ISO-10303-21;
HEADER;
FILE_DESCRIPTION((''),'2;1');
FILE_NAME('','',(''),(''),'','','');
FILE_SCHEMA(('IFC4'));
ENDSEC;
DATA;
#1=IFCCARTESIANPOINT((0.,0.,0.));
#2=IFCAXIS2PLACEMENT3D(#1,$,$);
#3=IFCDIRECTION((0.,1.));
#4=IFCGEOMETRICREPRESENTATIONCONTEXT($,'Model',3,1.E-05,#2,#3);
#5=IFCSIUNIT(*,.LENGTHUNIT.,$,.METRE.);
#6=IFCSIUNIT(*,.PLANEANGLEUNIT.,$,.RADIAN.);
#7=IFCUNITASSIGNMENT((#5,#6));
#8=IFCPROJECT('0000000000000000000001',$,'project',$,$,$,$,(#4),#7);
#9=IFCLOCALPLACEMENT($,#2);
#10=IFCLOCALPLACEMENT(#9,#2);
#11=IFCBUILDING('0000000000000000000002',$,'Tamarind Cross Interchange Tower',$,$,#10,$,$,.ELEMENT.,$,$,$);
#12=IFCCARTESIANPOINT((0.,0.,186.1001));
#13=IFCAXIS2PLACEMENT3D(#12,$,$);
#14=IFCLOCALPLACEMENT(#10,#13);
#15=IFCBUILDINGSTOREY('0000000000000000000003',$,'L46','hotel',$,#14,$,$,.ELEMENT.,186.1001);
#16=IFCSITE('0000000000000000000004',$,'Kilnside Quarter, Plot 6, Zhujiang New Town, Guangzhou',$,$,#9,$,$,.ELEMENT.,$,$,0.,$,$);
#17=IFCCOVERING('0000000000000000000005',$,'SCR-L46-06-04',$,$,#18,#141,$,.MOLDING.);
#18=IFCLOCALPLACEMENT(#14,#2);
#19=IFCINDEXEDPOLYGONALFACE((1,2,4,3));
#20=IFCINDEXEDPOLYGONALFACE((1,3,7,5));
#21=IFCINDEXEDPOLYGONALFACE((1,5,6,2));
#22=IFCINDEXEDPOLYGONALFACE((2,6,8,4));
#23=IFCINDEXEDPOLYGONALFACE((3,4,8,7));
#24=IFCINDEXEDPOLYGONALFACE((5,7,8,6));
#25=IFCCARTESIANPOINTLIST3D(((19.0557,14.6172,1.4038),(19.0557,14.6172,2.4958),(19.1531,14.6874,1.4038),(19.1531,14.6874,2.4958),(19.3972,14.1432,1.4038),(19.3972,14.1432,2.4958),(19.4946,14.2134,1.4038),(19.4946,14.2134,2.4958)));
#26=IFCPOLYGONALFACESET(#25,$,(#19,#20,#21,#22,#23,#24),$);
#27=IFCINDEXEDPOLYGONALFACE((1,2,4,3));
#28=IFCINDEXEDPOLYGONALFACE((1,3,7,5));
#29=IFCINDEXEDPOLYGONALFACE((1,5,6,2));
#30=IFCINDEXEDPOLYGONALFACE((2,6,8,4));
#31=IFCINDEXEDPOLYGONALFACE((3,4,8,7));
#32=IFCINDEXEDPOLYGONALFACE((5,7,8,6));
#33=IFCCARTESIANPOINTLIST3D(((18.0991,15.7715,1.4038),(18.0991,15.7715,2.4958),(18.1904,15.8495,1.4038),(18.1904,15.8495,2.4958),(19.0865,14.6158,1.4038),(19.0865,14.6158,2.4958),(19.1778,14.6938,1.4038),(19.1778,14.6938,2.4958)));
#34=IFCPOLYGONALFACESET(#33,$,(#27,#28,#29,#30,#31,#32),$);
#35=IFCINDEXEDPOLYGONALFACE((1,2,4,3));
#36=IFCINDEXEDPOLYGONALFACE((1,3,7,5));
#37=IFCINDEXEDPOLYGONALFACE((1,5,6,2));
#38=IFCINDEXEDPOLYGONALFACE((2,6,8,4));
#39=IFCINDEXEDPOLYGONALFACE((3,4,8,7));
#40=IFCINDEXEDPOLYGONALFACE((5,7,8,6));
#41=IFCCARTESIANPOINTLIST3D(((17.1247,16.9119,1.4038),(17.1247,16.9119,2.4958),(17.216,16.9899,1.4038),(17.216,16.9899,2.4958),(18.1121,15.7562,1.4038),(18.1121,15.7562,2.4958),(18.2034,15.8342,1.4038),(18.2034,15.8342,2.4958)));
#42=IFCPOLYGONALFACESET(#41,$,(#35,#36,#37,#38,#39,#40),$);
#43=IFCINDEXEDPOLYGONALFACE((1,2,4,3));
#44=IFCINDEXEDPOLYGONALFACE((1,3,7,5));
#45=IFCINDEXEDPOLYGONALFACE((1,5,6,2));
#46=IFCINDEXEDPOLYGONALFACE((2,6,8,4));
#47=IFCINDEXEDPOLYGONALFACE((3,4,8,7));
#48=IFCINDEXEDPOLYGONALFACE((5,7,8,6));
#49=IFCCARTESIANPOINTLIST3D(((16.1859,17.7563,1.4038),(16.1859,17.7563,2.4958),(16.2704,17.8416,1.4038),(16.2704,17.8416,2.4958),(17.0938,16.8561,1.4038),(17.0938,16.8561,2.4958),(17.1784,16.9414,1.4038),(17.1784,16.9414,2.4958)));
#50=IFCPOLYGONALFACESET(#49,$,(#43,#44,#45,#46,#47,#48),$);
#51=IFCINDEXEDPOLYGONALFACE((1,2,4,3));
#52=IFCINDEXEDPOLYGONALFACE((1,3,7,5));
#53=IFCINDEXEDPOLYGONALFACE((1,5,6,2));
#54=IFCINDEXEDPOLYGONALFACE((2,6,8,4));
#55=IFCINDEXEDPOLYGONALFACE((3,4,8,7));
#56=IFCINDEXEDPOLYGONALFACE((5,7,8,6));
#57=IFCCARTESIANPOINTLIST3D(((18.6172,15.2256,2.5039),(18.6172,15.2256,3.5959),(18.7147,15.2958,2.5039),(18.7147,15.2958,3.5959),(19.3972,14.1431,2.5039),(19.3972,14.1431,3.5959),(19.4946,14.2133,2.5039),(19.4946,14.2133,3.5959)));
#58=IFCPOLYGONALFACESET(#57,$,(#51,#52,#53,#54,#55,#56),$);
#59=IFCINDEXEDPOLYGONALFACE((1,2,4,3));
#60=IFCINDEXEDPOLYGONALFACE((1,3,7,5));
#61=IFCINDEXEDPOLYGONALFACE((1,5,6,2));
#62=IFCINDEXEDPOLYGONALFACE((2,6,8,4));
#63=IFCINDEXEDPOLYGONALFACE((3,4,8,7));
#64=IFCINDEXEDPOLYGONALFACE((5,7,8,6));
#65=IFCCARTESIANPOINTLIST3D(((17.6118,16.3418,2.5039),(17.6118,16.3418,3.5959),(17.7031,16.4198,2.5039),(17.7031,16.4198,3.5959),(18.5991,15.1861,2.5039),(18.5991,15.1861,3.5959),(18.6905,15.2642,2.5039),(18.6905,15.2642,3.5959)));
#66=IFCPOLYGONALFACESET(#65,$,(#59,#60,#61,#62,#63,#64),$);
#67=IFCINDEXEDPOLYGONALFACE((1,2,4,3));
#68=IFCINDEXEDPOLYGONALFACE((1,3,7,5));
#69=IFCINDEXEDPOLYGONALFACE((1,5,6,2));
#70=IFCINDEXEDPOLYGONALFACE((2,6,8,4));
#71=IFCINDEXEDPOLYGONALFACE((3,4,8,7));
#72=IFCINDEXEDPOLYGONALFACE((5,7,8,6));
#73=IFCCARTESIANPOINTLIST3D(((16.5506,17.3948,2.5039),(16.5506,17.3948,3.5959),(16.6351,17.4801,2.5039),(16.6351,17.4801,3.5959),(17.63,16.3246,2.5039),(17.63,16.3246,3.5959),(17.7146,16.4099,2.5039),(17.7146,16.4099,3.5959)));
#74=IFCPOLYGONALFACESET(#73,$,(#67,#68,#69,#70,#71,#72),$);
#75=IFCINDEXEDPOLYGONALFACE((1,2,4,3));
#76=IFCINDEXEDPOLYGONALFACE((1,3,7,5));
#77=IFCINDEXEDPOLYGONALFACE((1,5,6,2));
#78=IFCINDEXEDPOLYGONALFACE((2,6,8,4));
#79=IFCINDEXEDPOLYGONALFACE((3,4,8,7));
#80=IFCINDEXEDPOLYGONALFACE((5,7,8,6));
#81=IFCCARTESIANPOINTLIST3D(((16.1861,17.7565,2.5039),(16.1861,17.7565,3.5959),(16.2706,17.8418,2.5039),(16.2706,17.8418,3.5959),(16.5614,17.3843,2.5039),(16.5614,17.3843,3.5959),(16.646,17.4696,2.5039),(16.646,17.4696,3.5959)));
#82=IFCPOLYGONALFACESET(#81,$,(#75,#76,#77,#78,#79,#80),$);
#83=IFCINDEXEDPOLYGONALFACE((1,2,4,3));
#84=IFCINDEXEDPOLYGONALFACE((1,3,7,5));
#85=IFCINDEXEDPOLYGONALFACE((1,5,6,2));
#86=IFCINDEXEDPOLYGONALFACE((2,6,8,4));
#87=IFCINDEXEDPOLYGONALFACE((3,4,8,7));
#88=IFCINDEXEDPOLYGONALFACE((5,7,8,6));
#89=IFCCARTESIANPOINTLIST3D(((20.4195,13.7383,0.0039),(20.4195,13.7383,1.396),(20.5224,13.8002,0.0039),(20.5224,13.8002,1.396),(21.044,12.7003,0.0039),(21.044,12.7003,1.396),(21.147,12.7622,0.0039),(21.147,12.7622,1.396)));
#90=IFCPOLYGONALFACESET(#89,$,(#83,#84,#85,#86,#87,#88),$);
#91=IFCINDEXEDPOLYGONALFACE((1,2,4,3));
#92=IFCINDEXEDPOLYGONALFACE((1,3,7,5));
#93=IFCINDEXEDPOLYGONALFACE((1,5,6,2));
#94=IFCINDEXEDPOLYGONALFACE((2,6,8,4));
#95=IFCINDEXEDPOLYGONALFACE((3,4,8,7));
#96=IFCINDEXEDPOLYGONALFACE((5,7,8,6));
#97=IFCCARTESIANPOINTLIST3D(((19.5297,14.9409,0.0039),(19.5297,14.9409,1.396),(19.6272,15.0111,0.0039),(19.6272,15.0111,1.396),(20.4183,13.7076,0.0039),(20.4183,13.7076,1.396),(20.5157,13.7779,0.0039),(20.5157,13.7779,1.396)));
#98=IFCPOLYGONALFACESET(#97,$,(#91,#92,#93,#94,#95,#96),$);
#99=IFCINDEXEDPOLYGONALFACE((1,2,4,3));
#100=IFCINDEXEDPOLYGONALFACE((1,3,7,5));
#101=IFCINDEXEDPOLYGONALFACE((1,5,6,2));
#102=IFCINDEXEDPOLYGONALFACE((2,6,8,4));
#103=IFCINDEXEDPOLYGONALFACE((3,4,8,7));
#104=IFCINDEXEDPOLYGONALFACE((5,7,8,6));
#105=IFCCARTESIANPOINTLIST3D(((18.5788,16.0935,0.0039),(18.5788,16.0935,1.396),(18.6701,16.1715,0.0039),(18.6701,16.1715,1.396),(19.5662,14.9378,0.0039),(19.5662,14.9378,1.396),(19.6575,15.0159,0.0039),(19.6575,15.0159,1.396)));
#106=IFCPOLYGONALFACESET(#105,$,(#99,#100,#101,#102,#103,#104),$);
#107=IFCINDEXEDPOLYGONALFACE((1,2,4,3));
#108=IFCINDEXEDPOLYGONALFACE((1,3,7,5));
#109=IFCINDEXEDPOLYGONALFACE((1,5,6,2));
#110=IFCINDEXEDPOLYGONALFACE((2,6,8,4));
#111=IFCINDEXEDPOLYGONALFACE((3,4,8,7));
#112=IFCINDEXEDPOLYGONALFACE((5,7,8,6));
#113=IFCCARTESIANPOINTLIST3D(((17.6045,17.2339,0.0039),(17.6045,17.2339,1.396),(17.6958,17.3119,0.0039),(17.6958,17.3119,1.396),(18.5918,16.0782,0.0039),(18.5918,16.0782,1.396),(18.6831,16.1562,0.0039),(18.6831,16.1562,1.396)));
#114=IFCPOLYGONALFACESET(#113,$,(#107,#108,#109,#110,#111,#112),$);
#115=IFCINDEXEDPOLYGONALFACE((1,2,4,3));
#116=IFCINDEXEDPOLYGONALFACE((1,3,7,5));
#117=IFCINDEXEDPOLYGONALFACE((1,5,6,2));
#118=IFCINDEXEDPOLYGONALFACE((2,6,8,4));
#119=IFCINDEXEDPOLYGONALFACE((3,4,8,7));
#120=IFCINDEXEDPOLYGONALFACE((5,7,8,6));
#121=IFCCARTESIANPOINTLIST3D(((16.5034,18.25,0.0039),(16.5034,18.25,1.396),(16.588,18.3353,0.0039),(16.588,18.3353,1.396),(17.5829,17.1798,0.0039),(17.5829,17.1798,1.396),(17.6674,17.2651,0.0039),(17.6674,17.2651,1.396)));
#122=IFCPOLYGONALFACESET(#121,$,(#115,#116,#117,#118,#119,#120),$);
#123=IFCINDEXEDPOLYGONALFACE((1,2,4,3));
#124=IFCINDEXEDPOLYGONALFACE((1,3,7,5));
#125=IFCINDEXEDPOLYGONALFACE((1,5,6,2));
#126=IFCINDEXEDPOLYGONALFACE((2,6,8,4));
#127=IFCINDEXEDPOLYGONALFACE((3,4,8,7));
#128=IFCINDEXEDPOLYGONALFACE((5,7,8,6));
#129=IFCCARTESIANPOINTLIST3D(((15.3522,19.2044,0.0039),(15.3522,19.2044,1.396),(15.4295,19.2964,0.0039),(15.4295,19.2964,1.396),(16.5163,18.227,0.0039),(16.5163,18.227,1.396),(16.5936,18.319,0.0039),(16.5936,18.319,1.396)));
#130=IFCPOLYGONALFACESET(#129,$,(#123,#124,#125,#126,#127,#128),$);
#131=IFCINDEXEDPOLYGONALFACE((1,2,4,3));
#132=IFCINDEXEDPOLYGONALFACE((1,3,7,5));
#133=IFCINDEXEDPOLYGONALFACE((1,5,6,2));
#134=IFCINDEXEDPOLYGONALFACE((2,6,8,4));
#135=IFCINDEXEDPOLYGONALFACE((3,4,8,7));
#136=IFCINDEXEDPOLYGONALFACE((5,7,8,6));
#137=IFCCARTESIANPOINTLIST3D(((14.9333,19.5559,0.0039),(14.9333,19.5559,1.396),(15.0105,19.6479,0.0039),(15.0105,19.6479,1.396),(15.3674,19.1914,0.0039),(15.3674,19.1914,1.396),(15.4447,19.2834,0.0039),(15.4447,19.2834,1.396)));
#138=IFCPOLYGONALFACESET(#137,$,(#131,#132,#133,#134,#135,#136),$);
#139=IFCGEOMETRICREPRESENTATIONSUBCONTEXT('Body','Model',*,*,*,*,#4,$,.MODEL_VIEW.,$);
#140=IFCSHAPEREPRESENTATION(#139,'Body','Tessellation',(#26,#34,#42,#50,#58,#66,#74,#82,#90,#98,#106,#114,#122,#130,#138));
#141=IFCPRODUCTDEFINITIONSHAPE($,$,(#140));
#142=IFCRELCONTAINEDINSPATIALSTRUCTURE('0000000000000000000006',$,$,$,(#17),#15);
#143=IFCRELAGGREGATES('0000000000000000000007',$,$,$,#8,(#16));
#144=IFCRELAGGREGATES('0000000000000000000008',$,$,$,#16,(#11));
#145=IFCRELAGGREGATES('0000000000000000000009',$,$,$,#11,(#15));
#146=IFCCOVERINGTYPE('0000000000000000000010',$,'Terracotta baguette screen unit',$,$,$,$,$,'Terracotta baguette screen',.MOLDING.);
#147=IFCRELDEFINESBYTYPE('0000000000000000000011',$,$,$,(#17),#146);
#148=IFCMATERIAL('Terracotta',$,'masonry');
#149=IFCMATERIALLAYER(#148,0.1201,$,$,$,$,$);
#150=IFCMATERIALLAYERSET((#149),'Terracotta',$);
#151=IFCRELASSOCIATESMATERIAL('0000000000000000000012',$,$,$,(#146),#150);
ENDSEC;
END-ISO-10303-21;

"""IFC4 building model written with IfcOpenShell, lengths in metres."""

from ifc_helpers import new_model, si_unit, direction, frame, origin, origin_2d, place, context, subcontext, project, spatial, rectangle, extrude, material, layer, layer_set, type_object, element, save


model = new_model("IFC4")

# Units and contexts
model_context = context("Model", 3, precision=1e-05, world=origin(), true_north=direction((0.0, 1.0)))
body_context = subcontext(model_context, "Body", "Model", "MODEL_VIEW")
ifc_project = project(units=[si_unit("LENGTHUNIT", "METRE"), si_unit("PLANEANGLEUNIT", "RADIAN")], contexts=[model_context])

# Site, building, storey
site_placement = place(None, origin())
site = spatial("IfcSite", under=ifc_project, at=site_placement, Name="Kilnside Quarter, Plot 6, Zhujiang New Town, Guangzhou", CompositionType="ELEMENT", RefElevation=0.0)
building_placement = place(site_placement, origin())
building = spatial("IfcBuilding", under=site, at=building_placement, Name="Tamarind Cross Interchange Tower", CompositionType="ELEMENT")
storey_placement = place(building_placement, frame((0.0, 0.0, 186.1001)))
storey = spatial("IfcBuildingStorey", under=building, at=storey_placement, Name="L46", Description="hotel", CompositionType="ELEMENT", Elevation=186.1001)

# Covering
ifc_material_1 = material(Name="Terracotta", Category="masonry")
ifc_layer_1 = layer(ifc_material_1, 0.1201)
ifc_layer_set_1 = layer_set([ifc_layer_1], Name="Terracotta")
covering_type = type_object("IfcCoveringType", Name="Terracotta baguette screen unit", ElementType="Terracotta baguette screen", PredefinedType="MOLDING", material=ifc_layer_set_1)
covering_1_placement = place(storey_placement, origin())
element("IfcCovering", 1, at=covering_1_placement, inside=storey, type_object=covering_type, Name="SCR-L46-06-04", PredefinedType="MOLDING", context=body_context, shape_type="SweptSolid", body=[
    extrude(rectangle(XDim=0.5842, YDim=0.1201, at=origin_2d()), frame((19.2751, 14.4153, 1.4038), z_axis=(0.0, 0.0, 1.0), x_axis=(-0.584574, 0.81134, 0.0)), (0.0, 0.0, 1.0), 1.092),
    extrude(rectangle(XDim=1.52, YDim=0.1201, at=origin_2d()), frame((18.6384, 15.2327, 1.4038), z_axis=(0.0, 0.0, 1.0), x_axis=(-0.649577, 0.760296, 0.0)), (0.0, 0.0, 1.0), 1.092),
    extrude(rectangle(XDim=1.52, YDim=0.1201, at=origin_2d()), frame((17.6641, 16.373, 1.4038), z_axis=(0.0, 0.0, 1.0), x_axis=(-0.649577, 0.760296, 0.0)), (0.0, 0.0, 1.0), 1.092),
    extrude(rectangle(XDim=1.2786, YDim=0.1201, at=origin_2d()), frame((16.6821, 17.3489, 1.4038), z_axis=(0.0, 0.0, 1.0), x_axis=(-0.710143, 0.704057, 0.0)), (0.0, 0.0, 1.0), 1.092),
    extrude(rectangle(XDim=1.3342, YDim=0.1201, at=origin_2d()), frame((19.0559, 14.7195, 2.5039), z_axis=(0.0, 0.0, 1.0), x_axis=(-0.584574, 0.81134, 0.0)), (0.0, 0.0, 1.0), 1.092),
    extrude(rectangle(XDim=1.52, YDim=0.1201, at=origin_2d()), frame((18.1511, 15.803, 2.5039), z_axis=(0.0, 0.0, 1.0), x_axis=(-0.649577, 0.760296, 0.0)), (0.0, 0.0, 1.0), 1.092),
    extrude(rectangle(XDim=1.52, YDim=0.1201, at=origin_2d()), frame((17.1326, 16.9023, 2.5039), z_axis=(0.0, 0.0, 1.0), x_axis=(-0.710143, 0.704057, 0.0)), (0.0, 0.0, 1.0), 1.092),
    extrude(rectangle(XDim=0.5286, YDim=0.1201, at=origin_2d()), frame((16.416, 17.613, 2.5039), z_axis=(0.0, 0.0, 1.0), x_axis=(-0.710143, 0.704057, 0.0)), (0.0, 0.0, 1.0), 1.092),
    extrude(rectangle(XDim=1.2114, YDim=0.1201, at=origin_2d()), frame((20.7832, 13.2502, 0.0039), z_axis=(0.0, 0.0, 1.0), x_axis=(-0.515577, 0.856843, 0.0)), (0.0, 0.0, 1.0), 1.3921),
    extrude(rectangle(XDim=1.52, YDim=0.1201, at=origin_2d()), frame((20.0227, 14.3594, 0.0039), z_axis=(0.0, 0.0, 1.0), x_axis=(-0.584574, 0.81134, 0.0)), (0.0, 0.0, 1.0), 1.3921),
    extrude(rectangle(XDim=1.52, YDim=0.1201, at=origin_2d()), frame((19.1182, 15.5547, 0.0039), z_axis=(0.0, 0.0, 1.0), x_axis=(-0.649577, 0.760296, 0.0)), (0.0, 0.0, 1.0), 1.3921),
    extrude(rectangle(XDim=1.52, YDim=0.1201, at=origin_2d()), frame((18.1438, 16.6951, 0.0039), z_axis=(0.0, 0.0, 1.0), x_axis=(-0.649577, 0.760296, 0.0)), (0.0, 0.0, 1.0), 1.3921),
    extrude(rectangle(XDim=1.52, YDim=0.1201, at=origin_2d()), frame((17.0854, 17.7576, 0.0039), z_axis=(0.0, 0.0, 1.0), x_axis=(-0.710143, 0.704057, 0.0)), (0.0, 0.0, 1.0), 1.3921),
    extrude(rectangle(XDim=1.52, YDim=0.1201, at=origin_2d()), frame((15.9729, 18.7617, 0.0039), z_axis=(0.0, 0.0, 1.0), x_axis=(-0.765858, 0.643009, 0.0)), (0.0, 0.0, 1.0), 1.3921),
    extrude(rectangle(XDim=0.5669, YDim=0.1201, at=origin_2d()), frame((15.189, 19.4197, 0.0039), z_axis=(0.0, 0.0, 1.0), x_axis=(-0.765858, 0.643009, 0.0)), (0.0, 0.0, 1.0), 1.3921),
])

save(model, "model.ifc")
